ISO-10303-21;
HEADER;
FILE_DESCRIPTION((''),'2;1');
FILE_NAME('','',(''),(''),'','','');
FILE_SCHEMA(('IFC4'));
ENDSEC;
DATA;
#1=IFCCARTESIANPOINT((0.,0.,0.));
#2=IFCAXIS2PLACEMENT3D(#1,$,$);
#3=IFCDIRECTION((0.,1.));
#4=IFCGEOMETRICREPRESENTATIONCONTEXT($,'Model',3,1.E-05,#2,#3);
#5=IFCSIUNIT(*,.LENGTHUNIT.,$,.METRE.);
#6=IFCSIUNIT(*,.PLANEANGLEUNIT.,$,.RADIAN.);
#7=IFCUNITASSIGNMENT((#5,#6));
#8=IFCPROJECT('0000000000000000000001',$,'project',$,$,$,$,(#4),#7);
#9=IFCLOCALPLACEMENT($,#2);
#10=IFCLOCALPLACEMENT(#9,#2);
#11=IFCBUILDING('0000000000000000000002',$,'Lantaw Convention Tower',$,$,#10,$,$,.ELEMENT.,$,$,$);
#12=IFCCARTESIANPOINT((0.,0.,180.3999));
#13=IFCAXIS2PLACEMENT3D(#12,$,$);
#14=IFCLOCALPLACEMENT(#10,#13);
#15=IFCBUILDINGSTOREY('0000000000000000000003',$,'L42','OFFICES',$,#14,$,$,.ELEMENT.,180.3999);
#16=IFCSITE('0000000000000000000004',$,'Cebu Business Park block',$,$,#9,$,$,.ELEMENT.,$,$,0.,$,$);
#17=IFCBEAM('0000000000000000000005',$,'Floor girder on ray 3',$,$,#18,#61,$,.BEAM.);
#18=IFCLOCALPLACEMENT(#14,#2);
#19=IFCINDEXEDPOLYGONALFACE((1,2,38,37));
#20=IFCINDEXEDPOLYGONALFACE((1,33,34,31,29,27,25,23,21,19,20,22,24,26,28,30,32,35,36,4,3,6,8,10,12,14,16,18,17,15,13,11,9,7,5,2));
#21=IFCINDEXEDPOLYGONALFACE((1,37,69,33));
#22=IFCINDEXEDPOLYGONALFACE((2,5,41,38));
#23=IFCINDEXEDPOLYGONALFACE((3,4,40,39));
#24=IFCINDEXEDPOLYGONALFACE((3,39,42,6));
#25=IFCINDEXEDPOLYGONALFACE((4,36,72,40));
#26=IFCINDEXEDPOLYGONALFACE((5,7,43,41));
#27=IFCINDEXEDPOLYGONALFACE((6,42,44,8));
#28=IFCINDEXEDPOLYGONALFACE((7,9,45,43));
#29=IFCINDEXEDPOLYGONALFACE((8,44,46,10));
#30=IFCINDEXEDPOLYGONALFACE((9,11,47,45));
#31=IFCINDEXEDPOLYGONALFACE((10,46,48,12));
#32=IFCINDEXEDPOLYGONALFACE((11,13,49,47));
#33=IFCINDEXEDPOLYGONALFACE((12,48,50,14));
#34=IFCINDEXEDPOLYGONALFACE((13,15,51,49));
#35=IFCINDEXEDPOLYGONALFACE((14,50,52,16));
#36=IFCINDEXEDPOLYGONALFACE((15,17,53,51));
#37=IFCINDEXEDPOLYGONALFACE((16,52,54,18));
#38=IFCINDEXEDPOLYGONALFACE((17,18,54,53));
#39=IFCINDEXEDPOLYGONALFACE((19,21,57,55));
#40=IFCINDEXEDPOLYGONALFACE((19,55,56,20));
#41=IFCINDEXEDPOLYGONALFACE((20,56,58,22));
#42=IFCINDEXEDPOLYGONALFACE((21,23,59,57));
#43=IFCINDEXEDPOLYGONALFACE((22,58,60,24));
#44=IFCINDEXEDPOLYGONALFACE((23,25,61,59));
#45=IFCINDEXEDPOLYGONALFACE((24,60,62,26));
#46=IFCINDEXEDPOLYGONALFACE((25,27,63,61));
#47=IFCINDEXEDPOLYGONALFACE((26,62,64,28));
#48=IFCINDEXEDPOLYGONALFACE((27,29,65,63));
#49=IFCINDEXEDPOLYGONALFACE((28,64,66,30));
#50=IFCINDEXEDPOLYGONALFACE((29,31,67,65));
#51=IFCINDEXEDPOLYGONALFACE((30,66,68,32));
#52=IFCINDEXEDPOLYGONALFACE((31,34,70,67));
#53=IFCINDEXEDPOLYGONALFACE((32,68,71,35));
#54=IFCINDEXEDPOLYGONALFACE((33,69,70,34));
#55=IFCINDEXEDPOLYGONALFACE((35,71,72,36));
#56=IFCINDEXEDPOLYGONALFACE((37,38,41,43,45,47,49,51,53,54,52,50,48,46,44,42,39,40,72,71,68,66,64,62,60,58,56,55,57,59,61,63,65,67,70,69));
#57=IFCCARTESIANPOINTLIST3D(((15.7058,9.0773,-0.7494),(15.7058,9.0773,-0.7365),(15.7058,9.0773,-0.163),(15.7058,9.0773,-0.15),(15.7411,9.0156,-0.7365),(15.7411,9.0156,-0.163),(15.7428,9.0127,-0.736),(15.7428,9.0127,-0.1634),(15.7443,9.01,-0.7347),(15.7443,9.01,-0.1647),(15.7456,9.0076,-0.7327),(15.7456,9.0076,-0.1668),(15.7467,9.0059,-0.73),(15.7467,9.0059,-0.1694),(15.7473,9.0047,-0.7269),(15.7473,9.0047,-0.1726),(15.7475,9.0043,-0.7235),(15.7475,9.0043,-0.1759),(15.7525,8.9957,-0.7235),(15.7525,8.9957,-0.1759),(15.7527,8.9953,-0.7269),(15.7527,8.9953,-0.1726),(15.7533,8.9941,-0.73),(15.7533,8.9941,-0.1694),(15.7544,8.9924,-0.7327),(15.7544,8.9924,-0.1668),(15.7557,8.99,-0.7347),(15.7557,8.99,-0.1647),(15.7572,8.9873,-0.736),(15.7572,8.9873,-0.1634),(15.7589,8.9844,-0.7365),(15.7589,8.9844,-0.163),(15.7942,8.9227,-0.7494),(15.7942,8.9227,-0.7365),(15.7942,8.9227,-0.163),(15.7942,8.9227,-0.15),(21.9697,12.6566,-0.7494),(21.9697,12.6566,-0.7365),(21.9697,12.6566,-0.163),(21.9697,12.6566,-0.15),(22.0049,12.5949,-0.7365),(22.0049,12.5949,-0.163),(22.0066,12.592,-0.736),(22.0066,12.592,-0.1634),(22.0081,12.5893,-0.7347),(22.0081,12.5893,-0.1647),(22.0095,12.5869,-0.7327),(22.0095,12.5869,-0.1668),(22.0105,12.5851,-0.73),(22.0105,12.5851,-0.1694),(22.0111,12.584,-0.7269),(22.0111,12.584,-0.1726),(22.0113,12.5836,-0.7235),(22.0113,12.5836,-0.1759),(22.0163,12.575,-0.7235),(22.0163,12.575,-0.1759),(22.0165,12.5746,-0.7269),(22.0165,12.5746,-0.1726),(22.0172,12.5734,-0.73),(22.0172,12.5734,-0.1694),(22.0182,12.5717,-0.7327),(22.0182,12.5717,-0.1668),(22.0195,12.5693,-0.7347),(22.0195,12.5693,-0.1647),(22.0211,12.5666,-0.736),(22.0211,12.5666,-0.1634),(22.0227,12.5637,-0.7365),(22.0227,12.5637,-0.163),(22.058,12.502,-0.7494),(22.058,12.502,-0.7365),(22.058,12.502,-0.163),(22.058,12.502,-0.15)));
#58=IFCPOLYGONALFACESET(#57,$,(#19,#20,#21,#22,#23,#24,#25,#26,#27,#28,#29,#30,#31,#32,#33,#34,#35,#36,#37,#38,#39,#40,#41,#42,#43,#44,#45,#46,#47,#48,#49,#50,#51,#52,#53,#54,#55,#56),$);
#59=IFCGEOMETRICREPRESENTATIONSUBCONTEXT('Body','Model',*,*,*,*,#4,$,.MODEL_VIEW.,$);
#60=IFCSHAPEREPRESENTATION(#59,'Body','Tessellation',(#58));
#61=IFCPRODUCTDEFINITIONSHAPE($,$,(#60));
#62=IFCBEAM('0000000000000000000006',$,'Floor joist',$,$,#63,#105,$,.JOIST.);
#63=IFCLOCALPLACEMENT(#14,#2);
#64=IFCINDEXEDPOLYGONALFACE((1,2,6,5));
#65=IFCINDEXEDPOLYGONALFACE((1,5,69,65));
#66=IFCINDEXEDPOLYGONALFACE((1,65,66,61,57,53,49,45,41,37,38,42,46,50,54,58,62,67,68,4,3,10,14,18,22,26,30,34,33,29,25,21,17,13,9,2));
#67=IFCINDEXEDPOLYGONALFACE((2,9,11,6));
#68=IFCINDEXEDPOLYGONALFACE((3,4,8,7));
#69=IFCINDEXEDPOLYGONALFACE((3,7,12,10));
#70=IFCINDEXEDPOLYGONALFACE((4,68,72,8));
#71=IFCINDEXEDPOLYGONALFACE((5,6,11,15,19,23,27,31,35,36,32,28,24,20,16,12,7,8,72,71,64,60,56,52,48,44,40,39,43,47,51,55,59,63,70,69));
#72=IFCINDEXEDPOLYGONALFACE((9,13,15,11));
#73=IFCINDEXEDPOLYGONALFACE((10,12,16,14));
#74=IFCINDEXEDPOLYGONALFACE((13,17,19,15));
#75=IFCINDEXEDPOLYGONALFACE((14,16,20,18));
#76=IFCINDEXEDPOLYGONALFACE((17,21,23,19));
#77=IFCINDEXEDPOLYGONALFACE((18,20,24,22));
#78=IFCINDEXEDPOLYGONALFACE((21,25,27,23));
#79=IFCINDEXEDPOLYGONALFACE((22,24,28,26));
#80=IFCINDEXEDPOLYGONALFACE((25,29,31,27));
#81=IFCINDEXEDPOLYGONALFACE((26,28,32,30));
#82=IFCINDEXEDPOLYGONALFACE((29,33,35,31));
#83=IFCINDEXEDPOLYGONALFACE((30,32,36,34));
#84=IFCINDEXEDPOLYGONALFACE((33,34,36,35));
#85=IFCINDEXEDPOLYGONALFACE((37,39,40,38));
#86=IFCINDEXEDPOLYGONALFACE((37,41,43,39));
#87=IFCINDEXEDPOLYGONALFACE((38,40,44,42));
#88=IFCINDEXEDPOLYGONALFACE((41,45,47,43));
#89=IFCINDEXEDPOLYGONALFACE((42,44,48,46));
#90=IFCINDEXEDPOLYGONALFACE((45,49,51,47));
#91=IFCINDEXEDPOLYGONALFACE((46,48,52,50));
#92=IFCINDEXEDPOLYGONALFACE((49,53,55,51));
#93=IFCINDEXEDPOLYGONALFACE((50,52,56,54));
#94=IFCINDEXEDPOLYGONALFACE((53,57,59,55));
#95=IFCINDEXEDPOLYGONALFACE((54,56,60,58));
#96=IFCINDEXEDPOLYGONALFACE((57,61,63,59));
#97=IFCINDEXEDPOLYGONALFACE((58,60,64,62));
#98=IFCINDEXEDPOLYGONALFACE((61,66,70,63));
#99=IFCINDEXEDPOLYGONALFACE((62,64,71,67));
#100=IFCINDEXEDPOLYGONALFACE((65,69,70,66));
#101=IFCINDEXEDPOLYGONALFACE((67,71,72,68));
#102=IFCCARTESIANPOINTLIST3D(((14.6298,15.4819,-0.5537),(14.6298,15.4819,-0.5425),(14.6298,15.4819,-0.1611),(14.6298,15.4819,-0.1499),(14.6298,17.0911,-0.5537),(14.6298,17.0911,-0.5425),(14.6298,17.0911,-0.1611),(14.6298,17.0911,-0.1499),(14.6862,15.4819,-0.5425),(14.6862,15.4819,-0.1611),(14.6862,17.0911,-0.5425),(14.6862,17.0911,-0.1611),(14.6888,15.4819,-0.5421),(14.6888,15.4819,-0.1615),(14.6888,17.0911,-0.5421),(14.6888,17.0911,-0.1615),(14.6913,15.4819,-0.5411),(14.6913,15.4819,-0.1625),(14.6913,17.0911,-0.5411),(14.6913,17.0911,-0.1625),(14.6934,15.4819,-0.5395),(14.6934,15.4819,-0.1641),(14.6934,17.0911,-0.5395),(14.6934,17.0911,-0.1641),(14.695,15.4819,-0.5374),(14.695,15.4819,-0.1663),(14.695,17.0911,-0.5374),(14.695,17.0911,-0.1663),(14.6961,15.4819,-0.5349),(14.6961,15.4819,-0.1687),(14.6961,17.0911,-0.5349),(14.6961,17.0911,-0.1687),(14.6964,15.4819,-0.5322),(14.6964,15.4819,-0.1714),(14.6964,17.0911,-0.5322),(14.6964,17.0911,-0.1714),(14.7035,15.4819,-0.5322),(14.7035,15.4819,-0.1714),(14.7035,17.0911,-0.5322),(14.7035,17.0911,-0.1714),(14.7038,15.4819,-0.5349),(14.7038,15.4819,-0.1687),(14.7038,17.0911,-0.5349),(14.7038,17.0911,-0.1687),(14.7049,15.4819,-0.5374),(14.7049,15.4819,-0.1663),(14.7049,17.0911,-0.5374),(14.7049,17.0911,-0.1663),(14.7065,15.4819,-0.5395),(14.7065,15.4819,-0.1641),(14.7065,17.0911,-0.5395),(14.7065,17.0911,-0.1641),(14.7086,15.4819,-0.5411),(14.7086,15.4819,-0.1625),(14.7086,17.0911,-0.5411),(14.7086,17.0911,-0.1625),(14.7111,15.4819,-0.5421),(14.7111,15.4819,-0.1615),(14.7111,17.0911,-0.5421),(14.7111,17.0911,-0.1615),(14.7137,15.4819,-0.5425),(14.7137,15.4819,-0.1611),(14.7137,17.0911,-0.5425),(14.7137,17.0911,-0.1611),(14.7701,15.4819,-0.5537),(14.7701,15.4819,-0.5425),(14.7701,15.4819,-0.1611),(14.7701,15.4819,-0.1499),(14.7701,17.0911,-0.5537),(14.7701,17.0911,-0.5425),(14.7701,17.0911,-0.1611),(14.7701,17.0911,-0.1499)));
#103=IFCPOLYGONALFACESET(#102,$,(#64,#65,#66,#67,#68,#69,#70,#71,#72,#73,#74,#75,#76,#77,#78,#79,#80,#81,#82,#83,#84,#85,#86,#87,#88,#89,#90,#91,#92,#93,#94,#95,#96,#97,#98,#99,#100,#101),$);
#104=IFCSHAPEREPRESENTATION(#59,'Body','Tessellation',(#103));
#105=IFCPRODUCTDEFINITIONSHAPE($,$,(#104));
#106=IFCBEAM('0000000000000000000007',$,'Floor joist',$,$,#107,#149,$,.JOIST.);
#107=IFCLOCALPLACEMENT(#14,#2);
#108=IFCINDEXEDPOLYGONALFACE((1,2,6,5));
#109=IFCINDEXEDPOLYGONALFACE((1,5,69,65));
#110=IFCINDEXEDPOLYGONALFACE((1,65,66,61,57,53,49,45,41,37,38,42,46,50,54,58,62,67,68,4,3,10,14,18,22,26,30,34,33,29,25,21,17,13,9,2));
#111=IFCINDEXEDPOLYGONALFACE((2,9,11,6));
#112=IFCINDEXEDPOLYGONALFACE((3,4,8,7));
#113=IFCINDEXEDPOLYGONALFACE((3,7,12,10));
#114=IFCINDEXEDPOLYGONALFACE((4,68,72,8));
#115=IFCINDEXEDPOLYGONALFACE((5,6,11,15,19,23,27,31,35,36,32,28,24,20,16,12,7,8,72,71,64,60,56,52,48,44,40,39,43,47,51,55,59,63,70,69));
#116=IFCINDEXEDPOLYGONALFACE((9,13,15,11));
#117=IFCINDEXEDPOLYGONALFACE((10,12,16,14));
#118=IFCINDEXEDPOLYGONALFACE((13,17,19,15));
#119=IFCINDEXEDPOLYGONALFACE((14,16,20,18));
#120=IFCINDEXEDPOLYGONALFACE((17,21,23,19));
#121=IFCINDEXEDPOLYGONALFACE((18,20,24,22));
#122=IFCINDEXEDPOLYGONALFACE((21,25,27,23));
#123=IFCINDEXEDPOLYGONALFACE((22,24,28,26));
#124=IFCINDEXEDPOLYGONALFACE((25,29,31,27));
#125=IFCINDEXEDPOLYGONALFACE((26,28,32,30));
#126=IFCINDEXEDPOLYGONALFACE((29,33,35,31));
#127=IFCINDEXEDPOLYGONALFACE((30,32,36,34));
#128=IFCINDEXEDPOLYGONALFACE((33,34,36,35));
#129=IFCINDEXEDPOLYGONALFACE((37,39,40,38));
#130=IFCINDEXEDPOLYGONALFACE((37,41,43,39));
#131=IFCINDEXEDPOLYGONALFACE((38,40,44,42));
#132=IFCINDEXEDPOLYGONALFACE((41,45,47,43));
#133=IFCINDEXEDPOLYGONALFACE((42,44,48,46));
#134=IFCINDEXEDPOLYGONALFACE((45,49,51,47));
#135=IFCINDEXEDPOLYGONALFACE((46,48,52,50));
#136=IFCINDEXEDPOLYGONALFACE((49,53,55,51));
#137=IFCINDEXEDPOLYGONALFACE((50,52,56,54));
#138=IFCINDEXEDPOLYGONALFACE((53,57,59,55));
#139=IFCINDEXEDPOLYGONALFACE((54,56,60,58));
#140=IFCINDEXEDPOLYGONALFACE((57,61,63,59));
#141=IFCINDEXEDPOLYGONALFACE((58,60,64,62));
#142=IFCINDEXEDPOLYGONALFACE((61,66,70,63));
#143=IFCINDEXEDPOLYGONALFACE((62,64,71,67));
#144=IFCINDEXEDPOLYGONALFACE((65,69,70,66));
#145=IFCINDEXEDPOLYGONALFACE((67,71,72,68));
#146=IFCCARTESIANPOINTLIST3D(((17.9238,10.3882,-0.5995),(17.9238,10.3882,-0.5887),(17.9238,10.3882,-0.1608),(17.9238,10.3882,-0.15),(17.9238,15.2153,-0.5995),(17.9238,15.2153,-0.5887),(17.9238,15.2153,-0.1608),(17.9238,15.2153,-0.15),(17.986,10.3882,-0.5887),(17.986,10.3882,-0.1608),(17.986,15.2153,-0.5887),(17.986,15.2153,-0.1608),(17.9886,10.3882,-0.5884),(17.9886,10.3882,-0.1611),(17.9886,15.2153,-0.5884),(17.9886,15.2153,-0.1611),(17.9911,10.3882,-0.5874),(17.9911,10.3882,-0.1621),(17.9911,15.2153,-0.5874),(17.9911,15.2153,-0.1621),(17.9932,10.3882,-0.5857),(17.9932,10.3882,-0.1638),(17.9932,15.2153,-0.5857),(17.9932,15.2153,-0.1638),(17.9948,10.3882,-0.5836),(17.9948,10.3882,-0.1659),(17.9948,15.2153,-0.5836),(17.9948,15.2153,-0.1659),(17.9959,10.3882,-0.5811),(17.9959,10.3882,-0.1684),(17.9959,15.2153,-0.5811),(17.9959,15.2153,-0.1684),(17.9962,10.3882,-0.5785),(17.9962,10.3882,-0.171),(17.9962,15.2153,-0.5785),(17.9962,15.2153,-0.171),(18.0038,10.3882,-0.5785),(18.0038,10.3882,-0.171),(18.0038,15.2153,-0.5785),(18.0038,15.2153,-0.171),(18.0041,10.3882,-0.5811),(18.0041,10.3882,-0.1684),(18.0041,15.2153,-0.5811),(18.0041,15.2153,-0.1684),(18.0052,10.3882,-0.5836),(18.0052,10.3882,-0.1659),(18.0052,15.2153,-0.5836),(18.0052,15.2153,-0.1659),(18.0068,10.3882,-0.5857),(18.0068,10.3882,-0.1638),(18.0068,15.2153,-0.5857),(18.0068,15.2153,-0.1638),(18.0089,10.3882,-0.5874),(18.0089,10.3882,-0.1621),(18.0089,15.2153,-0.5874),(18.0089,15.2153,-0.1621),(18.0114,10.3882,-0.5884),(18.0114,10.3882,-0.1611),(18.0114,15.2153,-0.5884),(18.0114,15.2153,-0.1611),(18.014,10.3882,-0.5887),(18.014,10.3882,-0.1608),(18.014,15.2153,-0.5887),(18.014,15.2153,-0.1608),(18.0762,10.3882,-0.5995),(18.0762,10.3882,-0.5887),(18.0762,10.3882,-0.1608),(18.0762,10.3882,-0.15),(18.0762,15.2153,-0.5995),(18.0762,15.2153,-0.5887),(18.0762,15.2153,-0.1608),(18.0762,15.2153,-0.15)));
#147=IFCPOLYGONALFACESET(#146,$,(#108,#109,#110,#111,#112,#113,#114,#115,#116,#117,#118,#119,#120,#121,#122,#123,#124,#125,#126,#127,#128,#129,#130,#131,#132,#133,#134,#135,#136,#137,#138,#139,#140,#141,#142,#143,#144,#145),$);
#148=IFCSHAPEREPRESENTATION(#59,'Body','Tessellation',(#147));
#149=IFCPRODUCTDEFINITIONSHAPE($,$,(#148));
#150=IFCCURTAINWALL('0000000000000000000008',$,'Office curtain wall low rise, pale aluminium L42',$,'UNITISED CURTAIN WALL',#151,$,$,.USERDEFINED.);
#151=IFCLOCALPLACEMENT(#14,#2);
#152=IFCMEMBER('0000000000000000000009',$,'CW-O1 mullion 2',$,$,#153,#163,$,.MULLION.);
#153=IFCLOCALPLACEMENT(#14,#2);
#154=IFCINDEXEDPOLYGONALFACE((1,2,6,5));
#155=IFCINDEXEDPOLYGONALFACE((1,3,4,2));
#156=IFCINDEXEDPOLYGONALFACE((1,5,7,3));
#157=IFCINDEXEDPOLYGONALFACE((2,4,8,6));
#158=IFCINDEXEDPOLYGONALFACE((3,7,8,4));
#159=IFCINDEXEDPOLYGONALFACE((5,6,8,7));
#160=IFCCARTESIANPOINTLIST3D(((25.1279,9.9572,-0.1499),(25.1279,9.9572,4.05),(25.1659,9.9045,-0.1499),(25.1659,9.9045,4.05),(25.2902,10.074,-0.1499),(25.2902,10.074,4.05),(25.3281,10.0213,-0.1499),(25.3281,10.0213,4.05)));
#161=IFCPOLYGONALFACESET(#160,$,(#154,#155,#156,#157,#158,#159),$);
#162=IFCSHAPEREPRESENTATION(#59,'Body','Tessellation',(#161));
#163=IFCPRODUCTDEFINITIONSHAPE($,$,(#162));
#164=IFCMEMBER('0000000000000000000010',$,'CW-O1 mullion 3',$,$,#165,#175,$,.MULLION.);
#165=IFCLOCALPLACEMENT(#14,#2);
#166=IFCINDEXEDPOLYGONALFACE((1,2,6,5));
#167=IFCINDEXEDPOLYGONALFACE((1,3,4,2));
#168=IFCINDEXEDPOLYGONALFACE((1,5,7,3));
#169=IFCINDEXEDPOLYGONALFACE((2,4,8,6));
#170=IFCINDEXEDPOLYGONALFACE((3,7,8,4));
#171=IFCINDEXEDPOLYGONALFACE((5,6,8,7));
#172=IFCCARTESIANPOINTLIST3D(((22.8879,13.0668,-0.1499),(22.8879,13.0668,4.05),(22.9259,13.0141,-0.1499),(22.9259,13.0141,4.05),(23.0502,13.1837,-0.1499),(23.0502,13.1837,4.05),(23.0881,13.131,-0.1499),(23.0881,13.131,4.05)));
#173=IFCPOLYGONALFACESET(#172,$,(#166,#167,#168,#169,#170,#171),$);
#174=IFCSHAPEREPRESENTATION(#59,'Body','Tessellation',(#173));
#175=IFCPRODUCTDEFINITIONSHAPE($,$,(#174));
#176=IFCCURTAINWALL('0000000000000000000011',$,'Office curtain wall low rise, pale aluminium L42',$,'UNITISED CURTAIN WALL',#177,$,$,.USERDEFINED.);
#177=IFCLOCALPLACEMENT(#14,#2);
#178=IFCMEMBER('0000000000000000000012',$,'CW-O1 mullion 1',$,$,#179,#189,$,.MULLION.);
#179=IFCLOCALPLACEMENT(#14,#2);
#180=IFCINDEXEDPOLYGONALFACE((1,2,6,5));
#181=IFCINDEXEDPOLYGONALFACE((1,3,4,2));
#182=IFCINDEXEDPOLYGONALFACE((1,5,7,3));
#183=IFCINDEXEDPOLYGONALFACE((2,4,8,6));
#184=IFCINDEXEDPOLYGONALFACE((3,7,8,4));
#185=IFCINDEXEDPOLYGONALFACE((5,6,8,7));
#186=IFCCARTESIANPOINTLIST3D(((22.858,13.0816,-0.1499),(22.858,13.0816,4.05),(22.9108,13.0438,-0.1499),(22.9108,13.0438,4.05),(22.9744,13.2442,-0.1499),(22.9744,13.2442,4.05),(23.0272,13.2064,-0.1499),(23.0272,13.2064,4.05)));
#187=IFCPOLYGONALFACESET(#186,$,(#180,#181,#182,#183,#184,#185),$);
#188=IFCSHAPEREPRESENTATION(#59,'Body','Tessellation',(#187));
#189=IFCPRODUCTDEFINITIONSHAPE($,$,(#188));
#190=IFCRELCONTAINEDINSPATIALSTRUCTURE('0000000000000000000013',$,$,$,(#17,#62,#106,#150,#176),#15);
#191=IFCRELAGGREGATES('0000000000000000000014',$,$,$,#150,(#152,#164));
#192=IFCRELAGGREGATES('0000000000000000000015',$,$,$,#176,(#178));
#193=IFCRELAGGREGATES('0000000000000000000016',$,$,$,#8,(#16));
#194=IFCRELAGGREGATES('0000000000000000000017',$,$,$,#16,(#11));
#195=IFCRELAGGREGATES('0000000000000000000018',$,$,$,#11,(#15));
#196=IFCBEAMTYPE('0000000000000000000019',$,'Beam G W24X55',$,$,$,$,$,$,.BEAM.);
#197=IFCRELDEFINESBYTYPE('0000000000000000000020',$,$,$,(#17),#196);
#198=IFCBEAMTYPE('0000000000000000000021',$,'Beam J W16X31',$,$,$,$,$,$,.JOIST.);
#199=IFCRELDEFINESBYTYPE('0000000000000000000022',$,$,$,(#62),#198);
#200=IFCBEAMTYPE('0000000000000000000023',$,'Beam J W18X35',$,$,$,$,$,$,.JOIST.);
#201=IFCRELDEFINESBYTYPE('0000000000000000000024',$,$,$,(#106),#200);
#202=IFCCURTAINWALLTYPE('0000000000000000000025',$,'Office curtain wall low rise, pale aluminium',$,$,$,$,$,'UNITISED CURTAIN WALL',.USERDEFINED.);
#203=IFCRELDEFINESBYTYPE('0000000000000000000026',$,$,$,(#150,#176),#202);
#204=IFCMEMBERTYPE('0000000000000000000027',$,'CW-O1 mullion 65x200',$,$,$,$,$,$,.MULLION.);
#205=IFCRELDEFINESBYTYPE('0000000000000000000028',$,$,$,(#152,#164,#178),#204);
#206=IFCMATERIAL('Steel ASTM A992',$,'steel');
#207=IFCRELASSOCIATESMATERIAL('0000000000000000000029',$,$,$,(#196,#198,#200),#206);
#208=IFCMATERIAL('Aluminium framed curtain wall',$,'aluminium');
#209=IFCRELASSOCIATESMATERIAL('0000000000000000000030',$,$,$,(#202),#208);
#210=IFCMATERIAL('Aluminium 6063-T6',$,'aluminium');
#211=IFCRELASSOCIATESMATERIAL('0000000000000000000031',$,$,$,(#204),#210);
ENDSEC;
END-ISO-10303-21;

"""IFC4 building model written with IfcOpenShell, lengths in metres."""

from ifc_helpers import new_model, si_unit, direction, frame, origin, origin_2d, place, context, subcontext, project, spatial, rectangle, i_section, extrude, material, material_profile, profile_set, type_object, element, aggregate, save


model = new_model("IFC4")

# Units and contexts
model_context = context("Model", 3, precision=1e-05, world=origin(), true_north=direction((0.0, 1.0)))
body_context = subcontext(model_context, "Body", "Model", "MODEL_VIEW")
ifc_project = project(units=[si_unit("LENGTHUNIT", "METRE"), si_unit("PLANEANGLEUNIT", "RADIAN")], contexts=[model_context])

# Site, building, storey
site_placement = place(None, origin())
site = spatial("IfcSite", under=ifc_project, at=site_placement, Name="Cebu Business Park block", CompositionType="ELEMENT", RefElevation=0.0)
building_placement = place(site_placement, origin())
building = spatial("IfcBuilding", under=site, at=building_placement, Name="Lantaw Convention Tower", CompositionType="ELEMENT")
storey_placement = place(building_placement, frame((0.0, 0.0, 180.3999)))
storey = spatial("IfcBuildingStorey", under=building, at=storey_placement, Name="L42", Description="OFFICES", CompositionType="ELEMENT", Elevation=180.3999)

# Beams
ifc_material_1 = material(Name="Steel ASTM A992", Category="steel")
ifc_material_profile_1 = material_profile(ifc_material_1, i_section(OverallWidth=0.178, OverallDepth=0.5994, WebThickness=0.01, FlangeThickness=0.0129, FilletRadius=0.0129, at=origin_2d()), Name="W24X55")
ifc_profile_set_1 = profile_set([ifc_material_profile_1], Name="Steel ASTM A992")
beam_type_1 = type_object("IfcBeamType", Name="Beam G W24X55", PredefinedType="BEAM", material=ifc_profile_set_1)
beam_1_placement = place(storey_placement, frame((15.75, 9.0, -0.4497), z_axis=(0.868245, 0.496135, 0.0), x_axis=(-0.496135, 0.868245, 0.0)))
element("IfcBeam", 1, at=beam_1_placement, inside=storey, type_object=beam_type_1, Name="Floor girder on ray 3", PredefinedType="BEAM", context=body_context, shape_type="SweptSolid", body=[
    extrude(i_section(OverallWidth=0.178, OverallDepth=0.5994, WebThickness=0.01, FlangeThickness=0.0129, FilletRadius=0.0129, at=origin_2d()), origin(), (0.0, 0.0, 1.0), 7.2144),
])
ifc_material_profile_2 = material_profile(ifc_material_1, i_section(OverallWidth=0.1404, OverallDepth=0.4038, WebThickness=0.0071, FlangeThickness=0.0112, FilletRadius=0.0103, at=origin_2d()), Name="W16X31")
ifc_profile_set_2 = profile_set([ifc_material_profile_2], Name="Steel ASTM A992")
beam_type_2 = type_object("IfcBeamType", Name="Beam J W16X31", PredefinedType="JOIST", material=ifc_profile_set_2)
beam_2_placement = place(storey_placement, frame((14.7, 15.4819, -0.3518), z_axis=(0.0, 1.0, 0.0), x_axis=(-1.0, 0.0, 0.0)))
element("IfcBeam", 2, at=beam_2_placement, inside=storey, type_object=beam_type_2, Name="Floor joist", PredefinedType="JOIST", context=body_context, shape_type="SweptSolid", body=[
    extrude(i_section(OverallWidth=0.1404, OverallDepth=0.4038, WebThickness=0.0071, FlangeThickness=0.0112, FilletRadius=0.0103, at=origin_2d()), origin(), (0.0, 0.0, 1.0), 1.6091),
])
ifc_material_profile_3 = material_profile(ifc_material_1, i_section(OverallWidth=0.1523, OverallDepth=0.4495, WebThickness=0.0076, FlangeThickness=0.0107, FilletRadius=0.0103, at=origin_2d()), Name="W18X35")
ifc_profile_set_3 = profile_set([ifc_material_profile_3], Name="Steel ASTM A992")
beam_type_3 = type_object("IfcBeamType", Name="Beam J W18X35", PredefinedType="JOIST", material=ifc_profile_set_3)
beam_3_placement = place(storey_placement, frame((18.0, 10.3882, -0.3748), z_axis=(0.0, 1.0, 0.0), x_axis=(-1.0, 0.0, 0.0)))
element("IfcBeam", 3, at=beam_3_placement, inside=storey, type_object=beam_type_3, Name="Floor joist", PredefinedType="JOIST", context=body_context, shape_type="SweptSolid", body=[
    extrude(i_section(OverallWidth=0.1523, OverallDepth=0.4495, WebThickness=0.0076, FlangeThickness=0.0107, FilletRadius=0.0103, at=origin_2d()), origin(), (0.0, 0.0, 1.0), 4.8271),
])

# Curtain walls, members
ifc_material_2 = material(Name="Aluminium framed curtain wall", Category="aluminium")
curtain_wall_type = type_object("IfcCurtainWallType", Name="Office curtain wall low rise, pale aluminium", ElementType="UNITISED CURTAIN WALL", PredefinedType="USERDEFINED", material=ifc_material_2)
curtain_wall_1_placement = place(storey_placement, origin())
curtain_wall_1 = element("IfcCurtainWall", 4, at=curtain_wall_1_placement, inside=storey, type_object=curtain_wall_type, Name="Office curtain wall low rise, pale aluminium L42", ObjectType="UNITISED CURTAIN WALL", PredefinedType="USERDEFINED")
ifc_material_3 = material(Name="Aluminium 6063-T6", Category="aluminium")
ifc_material_profile_4 = material_profile(ifc_material_3, rectangle(XDim=0.2, YDim=0.0649, at=origin_2d()), Name="CW-O1 mullion 65x200")
ifc_profile_set_4 = profile_set([ifc_material_profile_4], Name="Aluminium 6063-T6")
member_type_1 = type_object("IfcMemberType", Name="CW-O1 mullion 65x200", PredefinedType="MULLION", material=ifc_profile_set_4)
member_1_placement = place(storey_placement, frame((25.228, 9.9893, -0.1499), z_axis=(0.0, 0.0, 1.0), x_axis=(-0.811385, -0.584513, 0.0)))
member_1 = element("IfcMember", 5, at=member_1_placement, type_object=member_type_1, Name="CW-O1 mullion 2", PredefinedType="MULLION", context=body_context, shape_type="SweptSolid", body=[
    extrude(rectangle(XDim=0.2, YDim=0.0649, at=origin_2d()), origin(), (0.0, 0.0, 1.0), 4.2),
])
member_2_placement = place(storey_placement, frame((22.988, 13.0989, -0.1499), z_axis=(0.0, 0.0, 1.0), x_axis=(-0.811385, -0.584513, 0.0)))
member_2 = element("IfcMember", 6, at=member_2_placement, type_object=member_type_1, Name="CW-O1 mullion 3", PredefinedType="MULLION", context=body_context, shape_type="SweptSolid", body=[
    extrude(rectangle(XDim=0.2, YDim=0.0649, at=origin_2d()), origin(), (0.0, 0.0, 1.0), 4.2),
])
curtain_wall_2_placement = place(storey_placement, origin())
curtain_wall_2 = element("IfcCurtainWall", 7, at=curtain_wall_2_placement, inside=storey, type_object=curtain_wall_type, Name="Office curtain wall low rise, pale aluminium L42", ObjectType="UNITISED CURTAIN WALL", PredefinedType="USERDEFINED")
member_3_placement = place(storey_placement, frame((22.9426, 13.144, -0.1499), z_axis=(0.0, 0.0, 1.0), x_axis=(-0.581973, -0.813208, 0.0)))
member_3 = element("IfcMember", 8, at=member_3_placement, type_object=member_type_1, Name="CW-O1 mullion 1", PredefinedType="MULLION", context=body_context, shape_type="SweptSolid", body=[
    extrude(rectangle(XDim=0.2, YDim=0.0649, at=origin_2d()), origin(), (0.0, 0.0, 1.0), 4.2),
])

aggregate(curtain_wall_1, [member_1, member_2])
aggregate(curtain_wall_2, [member_3])

save(model, "model.ifc")
